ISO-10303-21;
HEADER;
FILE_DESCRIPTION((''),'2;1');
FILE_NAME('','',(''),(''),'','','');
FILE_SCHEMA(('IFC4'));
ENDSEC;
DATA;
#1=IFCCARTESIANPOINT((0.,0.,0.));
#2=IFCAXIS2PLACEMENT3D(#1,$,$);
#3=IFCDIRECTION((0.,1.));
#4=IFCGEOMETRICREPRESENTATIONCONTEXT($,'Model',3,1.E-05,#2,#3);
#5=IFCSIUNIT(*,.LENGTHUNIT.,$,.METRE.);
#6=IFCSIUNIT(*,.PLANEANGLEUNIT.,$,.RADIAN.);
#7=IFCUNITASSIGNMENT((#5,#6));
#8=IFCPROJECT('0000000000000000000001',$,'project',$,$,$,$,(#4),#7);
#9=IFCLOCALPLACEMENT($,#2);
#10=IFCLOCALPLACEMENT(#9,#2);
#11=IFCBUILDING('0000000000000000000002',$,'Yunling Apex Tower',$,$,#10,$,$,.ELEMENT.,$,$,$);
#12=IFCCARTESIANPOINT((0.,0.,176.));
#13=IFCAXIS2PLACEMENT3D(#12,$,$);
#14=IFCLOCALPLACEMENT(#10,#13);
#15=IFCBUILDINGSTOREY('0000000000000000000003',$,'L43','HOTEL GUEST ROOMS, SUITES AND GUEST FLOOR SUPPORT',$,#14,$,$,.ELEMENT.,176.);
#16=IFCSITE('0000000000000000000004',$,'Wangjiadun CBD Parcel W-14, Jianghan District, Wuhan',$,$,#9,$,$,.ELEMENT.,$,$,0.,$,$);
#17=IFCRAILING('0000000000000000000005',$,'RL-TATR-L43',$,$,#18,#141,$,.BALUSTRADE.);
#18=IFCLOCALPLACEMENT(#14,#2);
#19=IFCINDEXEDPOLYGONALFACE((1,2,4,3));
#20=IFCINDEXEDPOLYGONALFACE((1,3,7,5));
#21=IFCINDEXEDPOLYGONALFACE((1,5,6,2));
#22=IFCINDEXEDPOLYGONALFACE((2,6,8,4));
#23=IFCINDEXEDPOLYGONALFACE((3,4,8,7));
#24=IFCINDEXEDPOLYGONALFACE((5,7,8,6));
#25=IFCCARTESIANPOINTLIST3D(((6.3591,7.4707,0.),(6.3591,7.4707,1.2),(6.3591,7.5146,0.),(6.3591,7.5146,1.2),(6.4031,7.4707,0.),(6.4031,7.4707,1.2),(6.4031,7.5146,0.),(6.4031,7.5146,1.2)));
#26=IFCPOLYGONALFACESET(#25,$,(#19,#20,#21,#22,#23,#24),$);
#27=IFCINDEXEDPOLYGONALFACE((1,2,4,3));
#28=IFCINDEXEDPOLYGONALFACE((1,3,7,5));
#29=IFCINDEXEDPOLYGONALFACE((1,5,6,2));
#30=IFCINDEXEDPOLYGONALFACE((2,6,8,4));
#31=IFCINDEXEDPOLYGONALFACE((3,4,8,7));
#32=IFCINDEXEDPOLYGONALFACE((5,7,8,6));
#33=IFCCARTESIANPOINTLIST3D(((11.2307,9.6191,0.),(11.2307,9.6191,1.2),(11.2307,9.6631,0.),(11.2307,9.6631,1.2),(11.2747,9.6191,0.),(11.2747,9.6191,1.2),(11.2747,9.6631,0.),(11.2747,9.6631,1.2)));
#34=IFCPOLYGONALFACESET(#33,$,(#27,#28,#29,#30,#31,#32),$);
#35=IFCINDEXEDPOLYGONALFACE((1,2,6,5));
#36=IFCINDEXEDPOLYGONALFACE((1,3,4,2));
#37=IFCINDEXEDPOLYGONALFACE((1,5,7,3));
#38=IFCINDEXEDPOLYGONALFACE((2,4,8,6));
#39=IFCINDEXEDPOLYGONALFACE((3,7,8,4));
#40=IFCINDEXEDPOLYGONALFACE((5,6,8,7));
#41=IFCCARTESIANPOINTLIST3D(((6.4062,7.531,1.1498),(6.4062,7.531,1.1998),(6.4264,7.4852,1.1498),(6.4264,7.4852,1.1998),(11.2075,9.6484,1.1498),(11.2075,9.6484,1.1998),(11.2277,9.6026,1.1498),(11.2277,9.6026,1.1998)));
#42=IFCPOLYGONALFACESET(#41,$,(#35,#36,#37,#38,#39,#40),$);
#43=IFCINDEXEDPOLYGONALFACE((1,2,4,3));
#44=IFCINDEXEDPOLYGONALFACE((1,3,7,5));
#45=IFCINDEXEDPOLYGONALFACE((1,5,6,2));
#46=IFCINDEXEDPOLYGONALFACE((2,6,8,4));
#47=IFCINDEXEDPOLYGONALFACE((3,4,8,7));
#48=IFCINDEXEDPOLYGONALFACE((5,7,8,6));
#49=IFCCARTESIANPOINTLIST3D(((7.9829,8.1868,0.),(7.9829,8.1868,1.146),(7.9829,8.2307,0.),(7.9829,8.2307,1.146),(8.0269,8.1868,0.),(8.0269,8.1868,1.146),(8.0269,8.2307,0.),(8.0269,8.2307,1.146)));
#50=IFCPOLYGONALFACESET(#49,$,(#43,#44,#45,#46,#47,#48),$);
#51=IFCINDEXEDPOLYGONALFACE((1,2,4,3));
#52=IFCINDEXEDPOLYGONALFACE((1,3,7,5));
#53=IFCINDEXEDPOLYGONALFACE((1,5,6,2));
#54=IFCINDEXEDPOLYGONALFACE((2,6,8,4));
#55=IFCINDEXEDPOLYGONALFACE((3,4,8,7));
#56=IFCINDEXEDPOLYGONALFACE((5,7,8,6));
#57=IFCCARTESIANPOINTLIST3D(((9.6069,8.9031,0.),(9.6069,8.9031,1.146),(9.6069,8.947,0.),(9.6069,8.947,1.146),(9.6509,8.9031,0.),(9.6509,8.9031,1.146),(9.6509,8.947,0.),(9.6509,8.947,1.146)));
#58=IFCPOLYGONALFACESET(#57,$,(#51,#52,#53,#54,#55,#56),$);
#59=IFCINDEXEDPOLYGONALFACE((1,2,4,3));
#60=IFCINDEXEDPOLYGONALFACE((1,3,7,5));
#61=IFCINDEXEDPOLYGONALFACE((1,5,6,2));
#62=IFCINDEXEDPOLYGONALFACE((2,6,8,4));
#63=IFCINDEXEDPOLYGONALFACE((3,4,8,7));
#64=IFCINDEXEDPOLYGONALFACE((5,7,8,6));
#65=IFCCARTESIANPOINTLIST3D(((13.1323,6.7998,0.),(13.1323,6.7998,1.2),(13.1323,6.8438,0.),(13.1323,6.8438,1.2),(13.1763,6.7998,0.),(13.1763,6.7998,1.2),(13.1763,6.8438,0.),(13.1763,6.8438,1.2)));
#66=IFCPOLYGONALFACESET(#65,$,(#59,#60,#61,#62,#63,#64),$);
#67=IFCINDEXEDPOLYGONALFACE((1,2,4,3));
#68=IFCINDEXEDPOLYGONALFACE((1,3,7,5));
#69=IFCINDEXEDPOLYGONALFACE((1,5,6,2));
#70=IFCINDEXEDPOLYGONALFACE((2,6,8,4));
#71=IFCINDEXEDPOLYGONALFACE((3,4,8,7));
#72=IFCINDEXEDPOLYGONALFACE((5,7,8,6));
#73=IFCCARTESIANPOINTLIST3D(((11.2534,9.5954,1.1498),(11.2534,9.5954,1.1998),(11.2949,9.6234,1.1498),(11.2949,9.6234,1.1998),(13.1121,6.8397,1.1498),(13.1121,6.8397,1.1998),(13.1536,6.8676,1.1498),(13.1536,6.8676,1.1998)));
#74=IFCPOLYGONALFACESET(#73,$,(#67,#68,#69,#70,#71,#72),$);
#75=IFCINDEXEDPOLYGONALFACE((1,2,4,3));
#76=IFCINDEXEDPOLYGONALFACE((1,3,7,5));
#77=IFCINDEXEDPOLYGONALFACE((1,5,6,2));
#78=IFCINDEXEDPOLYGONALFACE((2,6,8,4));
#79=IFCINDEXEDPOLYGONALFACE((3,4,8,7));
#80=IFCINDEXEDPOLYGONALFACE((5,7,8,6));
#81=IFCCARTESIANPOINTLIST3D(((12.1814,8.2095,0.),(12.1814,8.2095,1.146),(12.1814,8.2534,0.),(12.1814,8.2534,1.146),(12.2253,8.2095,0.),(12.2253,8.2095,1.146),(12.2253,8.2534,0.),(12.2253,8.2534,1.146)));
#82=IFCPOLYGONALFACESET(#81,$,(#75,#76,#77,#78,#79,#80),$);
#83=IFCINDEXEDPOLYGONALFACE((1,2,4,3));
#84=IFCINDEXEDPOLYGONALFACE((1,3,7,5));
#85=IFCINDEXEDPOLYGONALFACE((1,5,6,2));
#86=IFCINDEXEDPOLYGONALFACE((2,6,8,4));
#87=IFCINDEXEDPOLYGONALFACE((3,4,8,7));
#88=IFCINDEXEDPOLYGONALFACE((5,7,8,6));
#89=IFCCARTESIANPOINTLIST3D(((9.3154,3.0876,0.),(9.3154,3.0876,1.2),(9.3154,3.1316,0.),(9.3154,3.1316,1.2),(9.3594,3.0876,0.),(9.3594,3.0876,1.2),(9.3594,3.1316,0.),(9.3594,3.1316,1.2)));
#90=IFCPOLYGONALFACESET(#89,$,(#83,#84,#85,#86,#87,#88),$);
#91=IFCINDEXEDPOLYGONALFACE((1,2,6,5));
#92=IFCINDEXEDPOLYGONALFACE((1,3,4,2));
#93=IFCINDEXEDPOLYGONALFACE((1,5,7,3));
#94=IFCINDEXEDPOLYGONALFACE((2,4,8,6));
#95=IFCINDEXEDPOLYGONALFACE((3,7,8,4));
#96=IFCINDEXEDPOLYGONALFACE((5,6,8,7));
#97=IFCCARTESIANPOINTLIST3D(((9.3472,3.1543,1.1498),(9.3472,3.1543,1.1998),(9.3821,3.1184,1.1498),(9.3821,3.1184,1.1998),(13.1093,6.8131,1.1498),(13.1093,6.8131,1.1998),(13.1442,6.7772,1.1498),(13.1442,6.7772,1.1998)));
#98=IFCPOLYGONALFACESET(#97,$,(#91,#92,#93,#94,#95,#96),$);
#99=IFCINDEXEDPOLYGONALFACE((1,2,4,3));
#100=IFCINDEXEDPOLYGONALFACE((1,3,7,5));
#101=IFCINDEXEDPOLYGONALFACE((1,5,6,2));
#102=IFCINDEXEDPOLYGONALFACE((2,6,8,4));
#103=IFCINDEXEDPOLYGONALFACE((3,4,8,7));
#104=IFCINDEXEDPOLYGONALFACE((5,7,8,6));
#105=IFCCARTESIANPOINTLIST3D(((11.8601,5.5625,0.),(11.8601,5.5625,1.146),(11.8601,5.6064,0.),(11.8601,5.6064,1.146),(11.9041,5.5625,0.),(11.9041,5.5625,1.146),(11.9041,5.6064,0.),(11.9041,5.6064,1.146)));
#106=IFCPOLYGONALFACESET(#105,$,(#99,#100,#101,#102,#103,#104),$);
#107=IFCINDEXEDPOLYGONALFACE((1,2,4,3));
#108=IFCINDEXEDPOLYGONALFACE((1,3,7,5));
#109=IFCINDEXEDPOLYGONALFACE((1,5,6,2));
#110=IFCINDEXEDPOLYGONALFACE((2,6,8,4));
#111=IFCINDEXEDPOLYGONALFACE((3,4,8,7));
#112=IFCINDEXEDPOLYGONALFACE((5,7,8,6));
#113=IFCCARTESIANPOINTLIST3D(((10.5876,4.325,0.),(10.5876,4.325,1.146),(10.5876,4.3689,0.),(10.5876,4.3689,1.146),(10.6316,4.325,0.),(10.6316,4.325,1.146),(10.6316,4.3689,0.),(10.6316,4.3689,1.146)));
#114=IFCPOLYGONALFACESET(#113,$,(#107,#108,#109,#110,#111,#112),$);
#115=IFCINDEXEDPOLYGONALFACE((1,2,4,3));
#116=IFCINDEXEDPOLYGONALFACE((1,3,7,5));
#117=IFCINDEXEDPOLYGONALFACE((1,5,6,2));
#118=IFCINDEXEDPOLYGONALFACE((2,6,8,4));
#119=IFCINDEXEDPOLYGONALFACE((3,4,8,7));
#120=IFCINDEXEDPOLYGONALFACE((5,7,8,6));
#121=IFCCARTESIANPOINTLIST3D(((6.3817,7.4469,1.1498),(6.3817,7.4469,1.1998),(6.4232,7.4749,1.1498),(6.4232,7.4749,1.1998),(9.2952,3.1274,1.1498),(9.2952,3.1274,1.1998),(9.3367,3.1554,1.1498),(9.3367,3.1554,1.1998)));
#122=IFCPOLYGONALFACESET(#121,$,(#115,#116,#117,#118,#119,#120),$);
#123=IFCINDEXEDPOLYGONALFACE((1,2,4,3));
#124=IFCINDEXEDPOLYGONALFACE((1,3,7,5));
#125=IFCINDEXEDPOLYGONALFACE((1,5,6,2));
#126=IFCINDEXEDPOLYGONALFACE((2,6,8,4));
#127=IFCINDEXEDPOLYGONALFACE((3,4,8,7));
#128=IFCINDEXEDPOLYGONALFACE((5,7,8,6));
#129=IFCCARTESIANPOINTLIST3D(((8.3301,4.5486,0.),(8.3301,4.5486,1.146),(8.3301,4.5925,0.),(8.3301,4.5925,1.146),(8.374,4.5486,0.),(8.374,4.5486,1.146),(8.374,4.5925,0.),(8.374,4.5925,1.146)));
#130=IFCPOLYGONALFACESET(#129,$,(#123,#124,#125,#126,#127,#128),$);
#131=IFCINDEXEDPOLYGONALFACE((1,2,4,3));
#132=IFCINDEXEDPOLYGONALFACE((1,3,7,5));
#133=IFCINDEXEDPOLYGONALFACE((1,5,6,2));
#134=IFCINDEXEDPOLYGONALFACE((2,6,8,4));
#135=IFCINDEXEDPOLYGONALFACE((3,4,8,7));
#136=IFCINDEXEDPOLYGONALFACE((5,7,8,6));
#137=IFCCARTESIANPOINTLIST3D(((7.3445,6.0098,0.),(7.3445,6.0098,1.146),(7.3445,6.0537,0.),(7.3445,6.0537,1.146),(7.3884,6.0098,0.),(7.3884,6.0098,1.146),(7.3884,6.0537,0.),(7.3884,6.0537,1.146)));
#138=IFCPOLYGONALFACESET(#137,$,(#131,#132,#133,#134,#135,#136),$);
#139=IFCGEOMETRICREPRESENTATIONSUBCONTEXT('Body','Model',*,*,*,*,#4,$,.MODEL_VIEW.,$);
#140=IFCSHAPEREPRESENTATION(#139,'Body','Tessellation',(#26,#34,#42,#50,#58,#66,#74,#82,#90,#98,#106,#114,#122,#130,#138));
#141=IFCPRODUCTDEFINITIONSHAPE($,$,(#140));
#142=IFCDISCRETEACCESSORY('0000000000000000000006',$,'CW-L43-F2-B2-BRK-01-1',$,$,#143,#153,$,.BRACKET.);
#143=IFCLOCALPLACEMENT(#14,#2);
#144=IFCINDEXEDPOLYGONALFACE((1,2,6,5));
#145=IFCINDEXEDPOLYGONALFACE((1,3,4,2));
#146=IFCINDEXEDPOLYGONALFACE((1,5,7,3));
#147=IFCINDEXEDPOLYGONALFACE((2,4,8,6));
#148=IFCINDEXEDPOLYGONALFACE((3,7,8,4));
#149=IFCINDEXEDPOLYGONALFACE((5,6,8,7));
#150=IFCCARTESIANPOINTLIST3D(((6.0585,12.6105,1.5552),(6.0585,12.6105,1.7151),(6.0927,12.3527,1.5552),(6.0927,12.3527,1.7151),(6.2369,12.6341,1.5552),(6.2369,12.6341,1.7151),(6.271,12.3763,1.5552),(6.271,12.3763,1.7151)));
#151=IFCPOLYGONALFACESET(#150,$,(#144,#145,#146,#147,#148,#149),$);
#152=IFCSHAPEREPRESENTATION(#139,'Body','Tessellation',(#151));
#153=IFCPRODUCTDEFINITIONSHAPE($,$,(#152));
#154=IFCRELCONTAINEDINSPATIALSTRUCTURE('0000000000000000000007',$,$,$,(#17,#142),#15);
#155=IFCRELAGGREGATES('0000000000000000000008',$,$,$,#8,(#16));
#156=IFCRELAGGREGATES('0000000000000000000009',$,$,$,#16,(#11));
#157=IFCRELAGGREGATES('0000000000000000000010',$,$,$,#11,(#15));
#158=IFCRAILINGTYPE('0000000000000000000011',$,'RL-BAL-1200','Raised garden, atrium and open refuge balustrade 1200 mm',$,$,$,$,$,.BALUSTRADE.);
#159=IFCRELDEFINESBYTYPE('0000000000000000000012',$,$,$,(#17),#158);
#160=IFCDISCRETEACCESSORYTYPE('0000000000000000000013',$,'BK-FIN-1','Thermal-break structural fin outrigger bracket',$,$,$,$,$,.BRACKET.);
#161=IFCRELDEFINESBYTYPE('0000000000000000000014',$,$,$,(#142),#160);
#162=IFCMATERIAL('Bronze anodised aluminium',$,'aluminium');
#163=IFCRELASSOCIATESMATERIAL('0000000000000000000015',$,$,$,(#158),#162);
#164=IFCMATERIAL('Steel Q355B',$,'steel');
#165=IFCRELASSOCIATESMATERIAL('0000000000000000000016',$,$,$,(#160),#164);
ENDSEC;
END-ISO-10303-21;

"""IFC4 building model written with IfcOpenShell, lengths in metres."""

from ifc_helpers import new_model, si_unit, direction, frame, origin, origin_2d, place, context, subcontext, project, spatial, rectangle, extrude, source, transform, mapped, material, type_object, element, save


model = new_model("IFC4")

# Units and contexts
model_context = context("Model", 3, precision=1e-05, world=origin(), true_north=direction((0.0, 1.0)))
body_context = subcontext(model_context, "Body", "Model", "MODEL_VIEW")
ifc_project = project(units=[si_unit("LENGTHUNIT", "METRE"), si_unit("PLANEANGLEUNIT", "RADIAN")], contexts=[model_context])

# Site, building, storey
site_placement = place(None, origin())
site = spatial("IfcSite", under=ifc_project, at=site_placement, Name="Wangjiadun CBD Parcel W-14, Jianghan District, Wuhan", CompositionType="ELEMENT", RefElevation=0.0)
building_placement = place(site_placement, origin())
building = spatial("IfcBuilding", under=site, at=building_placement, Name="Yunling Apex Tower", CompositionType="ELEMENT")
storey_placement = place(building_placement, frame((0.0, 0.0, 176.0)))
storey = spatial("IfcBuildingStorey", under=building, at=storey_placement, Name="L43", Description="HOTEL GUEST ROOMS, SUITES AND GUEST FLOOR SUPPORT", CompositionType="ELEMENT", Elevation=176.0)

# Shared definitions
ifc_material_1 = material(Name="Steel Q355B", Category="steel")

# Shared definitions
ifc_material_2 = material(Name="Bronze anodised aluminium", Category="aluminium")

# Railing
railing_type = type_object("IfcRailingType", Name="RL-BAL-1200", Description="Raised garden, atrium and open refuge balustrade 1200 mm", PredefinedType="BALUSTRADE", material=ifc_material_2)
railing_1_placement = place(storey_placement, frame((6.3811, 7.4927, 0.0)))
element("IfcRailing", 1, at=railing_1_placement, inside=storey, type_object=railing_type, Name="RL-TATR-L43", PredefinedType="BALUSTRADE", context=body_context, shape_type="SweptSolid", body=[
    extrude(rectangle(XDim=0.0439, YDim=0.0439, at=origin_2d()), origin(), (0.0, 0.0, 1.0), 1.2),
    extrude(rectangle(XDim=0.0439, YDim=0.0439, at=origin_2d()), frame((4.8716, 2.1484, 0.0)), (0.0, 0.0, 1.0), 1.2),
    extrude(rectangle(XDim=0.05, YDim=0.05, at=origin_2d()), frame((0.0352, 0.0154, 1.1748), z_axis=(0.914973, 0.403516, 0.0), x_axis=(-0.403516, 0.914973, 0.0)), (0.0, 0.0, 1.0), 5.2476),
    extrude(rectangle(XDim=0.0439, YDim=0.0439, at=origin_2d()), frame((1.6238, 0.7161, 0.0)), (0.0, 0.0, 1.0), 1.146),
    extrude(rectangle(XDim=0.0439, YDim=0.0439, at=origin_2d()), frame((3.2478, 1.4324, 0.0)), (0.0, 0.0, 1.0), 1.146),
    extrude(rectangle(XDim=0.0439, YDim=0.0439, at=origin_2d()), frame((6.7732, -0.6709, 0.0)), (0.0, 0.0, 1.0), 1.2),
    extrude(rectangle(XDim=0.05, YDim=0.05, at=origin_2d()), frame((4.8931, 2.1167, 1.1748), z_axis=(0.559182, -0.829045, 0.0), x_axis=(0.829045, 0.559182, 0.0)), (0.0, 0.0, 1.0), 3.324),
    extrude(rectangle(XDim=0.0439, YDim=0.0439, at=origin_2d()), frame((5.8223, 0.7388, 0.0)), (0.0, 0.0, 1.0), 1.146),
    extrude(rectangle(XDim=0.0439, YDim=0.0439, at=origin_2d()), frame((2.9563, -4.3831, 0.0)), (0.0, 0.0, 1.0), 1.2),
    extrude(rectangle(XDim=0.05, YDim=0.05, at=origin_2d()), frame((6.7456, -0.6975, 1.1748), z_axis=(-0.716874, -0.697203, 0.0), x_axis=(0.697203, -0.716874, 0.0)), (0.0, 0.0, 1.0), 5.2478),
    extrude(rectangle(XDim=0.0439, YDim=0.0439, at=origin_2d()), frame((5.501, -1.9082, 0.0)), (0.0, 0.0, 1.0), 1.146),
    extrude(rectangle(XDim=0.0439, YDim=0.0439, at=origin_2d()), frame((4.2285, -3.1458, 0.0)), (0.0, 0.0, 1.0), 1.146),
    extrude(rectangle(XDim=0.05, YDim=0.05, at=origin_2d()), frame((2.9348, -4.3513, 1.1748), z_axis=(-0.559179, 0.829047, 0.0), x_axis=(-0.829047, -0.559179, 0.0)), (0.0, 0.0, 1.0), 5.2102),
    extrude(rectangle(XDim=0.0439, YDim=0.0439, at=origin_2d()), frame((1.9709, -2.9221, 0.0)), (0.0, 0.0, 1.0), 1.146),
    extrude(rectangle(XDim=0.0439, YDim=0.0439, at=origin_2d()), frame((0.9854, -1.4609, 0.0)), (0.0, 0.0, 1.0), 1.146),
])

# Discrete accessory
discrete_accessory_type = type_object("IfcDiscreteAccessoryType", Name="BK-FIN-1", Description="Thermal-break structural fin outrigger bracket", PredefinedType="BRACKET", material=ifc_material_1)
shared_shape_1 = source(origin(), body_context, "Body", "SweptSolid", [
    extrude(rectangle(XDim=0.1799, YDim=0.26, at=origin_2d()), origin(), (0.0, 0.0, 1.0), 0.1599),
])
discrete_accessory_placement = place(storey_placement, frame((6.1648, 12.4934, 1.5552), z_axis=(0.0, 0.0, 1.0), x_axis=(-0.991353, -0.131218, 0.0)))
element("IfcDiscreteAccessory", 2, at=discrete_accessory_placement, inside=storey, type_object=discrete_accessory_type, Name="CW-L43-F2-B2-BRK-01-1", PredefinedType="BRACKET", context=body_context, shape_type="MappedRepresentation", body=[
    mapped(shared_shape_1, transform((0.0, 0.0, 0.0), scale=1.0)),
])

save(model, "model.ifc")
